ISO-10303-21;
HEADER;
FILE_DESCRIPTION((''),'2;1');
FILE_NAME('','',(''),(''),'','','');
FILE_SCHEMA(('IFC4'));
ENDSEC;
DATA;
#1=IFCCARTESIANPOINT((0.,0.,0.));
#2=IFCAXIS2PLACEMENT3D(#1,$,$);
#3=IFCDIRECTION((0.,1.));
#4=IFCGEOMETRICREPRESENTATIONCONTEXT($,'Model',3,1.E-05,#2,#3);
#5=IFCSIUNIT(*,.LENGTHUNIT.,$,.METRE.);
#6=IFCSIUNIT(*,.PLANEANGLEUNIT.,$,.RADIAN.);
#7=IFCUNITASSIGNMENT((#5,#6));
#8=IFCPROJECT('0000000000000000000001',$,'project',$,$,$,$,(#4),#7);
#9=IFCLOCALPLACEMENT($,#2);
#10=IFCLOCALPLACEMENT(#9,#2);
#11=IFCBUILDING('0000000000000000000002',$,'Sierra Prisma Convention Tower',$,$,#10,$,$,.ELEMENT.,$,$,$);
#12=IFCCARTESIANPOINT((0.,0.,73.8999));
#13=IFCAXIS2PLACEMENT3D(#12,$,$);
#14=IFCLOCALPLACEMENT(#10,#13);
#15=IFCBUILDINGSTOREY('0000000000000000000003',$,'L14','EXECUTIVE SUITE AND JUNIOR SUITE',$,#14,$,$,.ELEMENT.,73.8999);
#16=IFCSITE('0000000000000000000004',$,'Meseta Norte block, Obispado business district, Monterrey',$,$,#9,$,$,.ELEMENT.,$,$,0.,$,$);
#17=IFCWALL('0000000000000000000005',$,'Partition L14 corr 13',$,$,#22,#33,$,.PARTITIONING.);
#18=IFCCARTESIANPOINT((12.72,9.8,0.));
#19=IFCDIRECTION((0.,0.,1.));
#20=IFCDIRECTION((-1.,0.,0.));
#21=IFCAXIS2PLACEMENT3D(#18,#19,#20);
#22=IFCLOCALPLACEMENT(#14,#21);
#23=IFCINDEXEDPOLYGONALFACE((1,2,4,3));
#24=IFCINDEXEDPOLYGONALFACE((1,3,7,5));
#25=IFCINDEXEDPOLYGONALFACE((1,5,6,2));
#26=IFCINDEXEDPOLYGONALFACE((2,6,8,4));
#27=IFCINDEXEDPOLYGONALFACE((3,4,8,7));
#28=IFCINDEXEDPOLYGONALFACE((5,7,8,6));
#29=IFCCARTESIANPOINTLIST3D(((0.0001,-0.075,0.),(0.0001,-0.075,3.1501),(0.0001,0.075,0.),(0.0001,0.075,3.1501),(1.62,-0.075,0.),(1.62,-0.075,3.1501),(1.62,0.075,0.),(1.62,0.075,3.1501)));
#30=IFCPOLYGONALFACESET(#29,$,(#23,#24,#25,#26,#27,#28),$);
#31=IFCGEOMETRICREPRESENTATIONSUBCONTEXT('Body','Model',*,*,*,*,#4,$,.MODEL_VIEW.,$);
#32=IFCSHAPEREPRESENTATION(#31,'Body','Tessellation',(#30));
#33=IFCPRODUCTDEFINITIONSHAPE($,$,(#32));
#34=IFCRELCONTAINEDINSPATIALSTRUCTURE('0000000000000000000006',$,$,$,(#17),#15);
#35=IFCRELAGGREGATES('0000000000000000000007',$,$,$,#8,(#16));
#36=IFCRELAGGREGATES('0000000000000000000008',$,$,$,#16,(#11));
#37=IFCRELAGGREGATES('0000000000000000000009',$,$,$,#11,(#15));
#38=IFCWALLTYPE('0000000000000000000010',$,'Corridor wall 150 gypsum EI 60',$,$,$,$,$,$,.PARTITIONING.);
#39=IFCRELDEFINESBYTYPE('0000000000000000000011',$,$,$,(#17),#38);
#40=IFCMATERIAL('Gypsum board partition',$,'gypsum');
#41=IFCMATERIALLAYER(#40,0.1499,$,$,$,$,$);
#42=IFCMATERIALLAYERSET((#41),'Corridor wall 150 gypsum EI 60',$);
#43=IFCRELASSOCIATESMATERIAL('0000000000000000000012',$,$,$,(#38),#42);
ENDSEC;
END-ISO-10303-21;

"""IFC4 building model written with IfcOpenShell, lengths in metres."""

from ifc_helpers import new_model, si_unit, direction, frame, frame_2d, origin, place, context, subcontext, project, spatial, rectangle, extrude, material, layer, layer_set, type_object, element, save


model = new_model("IFC4")

# Units and contexts
model_context = context("Model", 3, precision=1e-05, world=origin(), true_north=direction((0.0, 1.0)))
body_context = subcontext(model_context, "Body", "Model", "MODEL_VIEW")
ifc_project = project(units=[si_unit("LENGTHUNIT", "METRE"), si_unit("PLANEANGLEUNIT", "RADIAN")], contexts=[model_context])

# Site, building, storey
site_placement = place(None, origin())
site = spatial("IfcSite", under=ifc_project, at=site_placement, Name="Meseta Norte block, Obispado business district, Monterrey", CompositionType="ELEMENT", RefElevation=0.0)
building_placement = place(site_placement, origin())
building = spatial("IfcBuilding", under=site, at=building_placement, Name="Sierra Prisma Convention Tower", CompositionType="ELEMENT")
storey_placement = place(building_placement, frame((0.0, 0.0, 73.8999)))
storey = spatial("IfcBuildingStorey", under=building, at=storey_placement, Name="L14", Description="EXECUTIVE SUITE AND JUNIOR SUITE", CompositionType="ELEMENT", Elevation=73.8999)

# Wall
ifc_material_1 = material(Name="Gypsum board partition", Category="gypsum")
ifc_layer_1 = layer(ifc_material_1, 0.1499)
ifc_layer_set_1 = layer_set([ifc_layer_1], Name="Corridor wall 150 gypsum EI 60")
wall_type_1 = type_object("IfcWallType", Name="Corridor wall 150 gypsum EI 60", PredefinedType="PARTITIONING", material=ifc_layer_set_1)
wall_1_placement = place(storey_placement, frame((12.72, 9.8, 0.0), z_axis=(0.0, 0.0, 1.0), x_axis=(-1.0, 0.0, 0.0)))
element("IfcWall", 1, at=wall_1_placement, inside=storey, type_object=wall_type_1, Name="Partition L14 corr 13", PredefinedType="PARTITIONING", context=body_context, shape_type="SweptSolid", body=[
    extrude(rectangle(XDim=1.6199, YDim=0.1499, at=frame_2d((0.8101, 0.0))), origin(), (0.0, 0.0, 1.0), 3.1501),
])

save(model, "model.ifc")
